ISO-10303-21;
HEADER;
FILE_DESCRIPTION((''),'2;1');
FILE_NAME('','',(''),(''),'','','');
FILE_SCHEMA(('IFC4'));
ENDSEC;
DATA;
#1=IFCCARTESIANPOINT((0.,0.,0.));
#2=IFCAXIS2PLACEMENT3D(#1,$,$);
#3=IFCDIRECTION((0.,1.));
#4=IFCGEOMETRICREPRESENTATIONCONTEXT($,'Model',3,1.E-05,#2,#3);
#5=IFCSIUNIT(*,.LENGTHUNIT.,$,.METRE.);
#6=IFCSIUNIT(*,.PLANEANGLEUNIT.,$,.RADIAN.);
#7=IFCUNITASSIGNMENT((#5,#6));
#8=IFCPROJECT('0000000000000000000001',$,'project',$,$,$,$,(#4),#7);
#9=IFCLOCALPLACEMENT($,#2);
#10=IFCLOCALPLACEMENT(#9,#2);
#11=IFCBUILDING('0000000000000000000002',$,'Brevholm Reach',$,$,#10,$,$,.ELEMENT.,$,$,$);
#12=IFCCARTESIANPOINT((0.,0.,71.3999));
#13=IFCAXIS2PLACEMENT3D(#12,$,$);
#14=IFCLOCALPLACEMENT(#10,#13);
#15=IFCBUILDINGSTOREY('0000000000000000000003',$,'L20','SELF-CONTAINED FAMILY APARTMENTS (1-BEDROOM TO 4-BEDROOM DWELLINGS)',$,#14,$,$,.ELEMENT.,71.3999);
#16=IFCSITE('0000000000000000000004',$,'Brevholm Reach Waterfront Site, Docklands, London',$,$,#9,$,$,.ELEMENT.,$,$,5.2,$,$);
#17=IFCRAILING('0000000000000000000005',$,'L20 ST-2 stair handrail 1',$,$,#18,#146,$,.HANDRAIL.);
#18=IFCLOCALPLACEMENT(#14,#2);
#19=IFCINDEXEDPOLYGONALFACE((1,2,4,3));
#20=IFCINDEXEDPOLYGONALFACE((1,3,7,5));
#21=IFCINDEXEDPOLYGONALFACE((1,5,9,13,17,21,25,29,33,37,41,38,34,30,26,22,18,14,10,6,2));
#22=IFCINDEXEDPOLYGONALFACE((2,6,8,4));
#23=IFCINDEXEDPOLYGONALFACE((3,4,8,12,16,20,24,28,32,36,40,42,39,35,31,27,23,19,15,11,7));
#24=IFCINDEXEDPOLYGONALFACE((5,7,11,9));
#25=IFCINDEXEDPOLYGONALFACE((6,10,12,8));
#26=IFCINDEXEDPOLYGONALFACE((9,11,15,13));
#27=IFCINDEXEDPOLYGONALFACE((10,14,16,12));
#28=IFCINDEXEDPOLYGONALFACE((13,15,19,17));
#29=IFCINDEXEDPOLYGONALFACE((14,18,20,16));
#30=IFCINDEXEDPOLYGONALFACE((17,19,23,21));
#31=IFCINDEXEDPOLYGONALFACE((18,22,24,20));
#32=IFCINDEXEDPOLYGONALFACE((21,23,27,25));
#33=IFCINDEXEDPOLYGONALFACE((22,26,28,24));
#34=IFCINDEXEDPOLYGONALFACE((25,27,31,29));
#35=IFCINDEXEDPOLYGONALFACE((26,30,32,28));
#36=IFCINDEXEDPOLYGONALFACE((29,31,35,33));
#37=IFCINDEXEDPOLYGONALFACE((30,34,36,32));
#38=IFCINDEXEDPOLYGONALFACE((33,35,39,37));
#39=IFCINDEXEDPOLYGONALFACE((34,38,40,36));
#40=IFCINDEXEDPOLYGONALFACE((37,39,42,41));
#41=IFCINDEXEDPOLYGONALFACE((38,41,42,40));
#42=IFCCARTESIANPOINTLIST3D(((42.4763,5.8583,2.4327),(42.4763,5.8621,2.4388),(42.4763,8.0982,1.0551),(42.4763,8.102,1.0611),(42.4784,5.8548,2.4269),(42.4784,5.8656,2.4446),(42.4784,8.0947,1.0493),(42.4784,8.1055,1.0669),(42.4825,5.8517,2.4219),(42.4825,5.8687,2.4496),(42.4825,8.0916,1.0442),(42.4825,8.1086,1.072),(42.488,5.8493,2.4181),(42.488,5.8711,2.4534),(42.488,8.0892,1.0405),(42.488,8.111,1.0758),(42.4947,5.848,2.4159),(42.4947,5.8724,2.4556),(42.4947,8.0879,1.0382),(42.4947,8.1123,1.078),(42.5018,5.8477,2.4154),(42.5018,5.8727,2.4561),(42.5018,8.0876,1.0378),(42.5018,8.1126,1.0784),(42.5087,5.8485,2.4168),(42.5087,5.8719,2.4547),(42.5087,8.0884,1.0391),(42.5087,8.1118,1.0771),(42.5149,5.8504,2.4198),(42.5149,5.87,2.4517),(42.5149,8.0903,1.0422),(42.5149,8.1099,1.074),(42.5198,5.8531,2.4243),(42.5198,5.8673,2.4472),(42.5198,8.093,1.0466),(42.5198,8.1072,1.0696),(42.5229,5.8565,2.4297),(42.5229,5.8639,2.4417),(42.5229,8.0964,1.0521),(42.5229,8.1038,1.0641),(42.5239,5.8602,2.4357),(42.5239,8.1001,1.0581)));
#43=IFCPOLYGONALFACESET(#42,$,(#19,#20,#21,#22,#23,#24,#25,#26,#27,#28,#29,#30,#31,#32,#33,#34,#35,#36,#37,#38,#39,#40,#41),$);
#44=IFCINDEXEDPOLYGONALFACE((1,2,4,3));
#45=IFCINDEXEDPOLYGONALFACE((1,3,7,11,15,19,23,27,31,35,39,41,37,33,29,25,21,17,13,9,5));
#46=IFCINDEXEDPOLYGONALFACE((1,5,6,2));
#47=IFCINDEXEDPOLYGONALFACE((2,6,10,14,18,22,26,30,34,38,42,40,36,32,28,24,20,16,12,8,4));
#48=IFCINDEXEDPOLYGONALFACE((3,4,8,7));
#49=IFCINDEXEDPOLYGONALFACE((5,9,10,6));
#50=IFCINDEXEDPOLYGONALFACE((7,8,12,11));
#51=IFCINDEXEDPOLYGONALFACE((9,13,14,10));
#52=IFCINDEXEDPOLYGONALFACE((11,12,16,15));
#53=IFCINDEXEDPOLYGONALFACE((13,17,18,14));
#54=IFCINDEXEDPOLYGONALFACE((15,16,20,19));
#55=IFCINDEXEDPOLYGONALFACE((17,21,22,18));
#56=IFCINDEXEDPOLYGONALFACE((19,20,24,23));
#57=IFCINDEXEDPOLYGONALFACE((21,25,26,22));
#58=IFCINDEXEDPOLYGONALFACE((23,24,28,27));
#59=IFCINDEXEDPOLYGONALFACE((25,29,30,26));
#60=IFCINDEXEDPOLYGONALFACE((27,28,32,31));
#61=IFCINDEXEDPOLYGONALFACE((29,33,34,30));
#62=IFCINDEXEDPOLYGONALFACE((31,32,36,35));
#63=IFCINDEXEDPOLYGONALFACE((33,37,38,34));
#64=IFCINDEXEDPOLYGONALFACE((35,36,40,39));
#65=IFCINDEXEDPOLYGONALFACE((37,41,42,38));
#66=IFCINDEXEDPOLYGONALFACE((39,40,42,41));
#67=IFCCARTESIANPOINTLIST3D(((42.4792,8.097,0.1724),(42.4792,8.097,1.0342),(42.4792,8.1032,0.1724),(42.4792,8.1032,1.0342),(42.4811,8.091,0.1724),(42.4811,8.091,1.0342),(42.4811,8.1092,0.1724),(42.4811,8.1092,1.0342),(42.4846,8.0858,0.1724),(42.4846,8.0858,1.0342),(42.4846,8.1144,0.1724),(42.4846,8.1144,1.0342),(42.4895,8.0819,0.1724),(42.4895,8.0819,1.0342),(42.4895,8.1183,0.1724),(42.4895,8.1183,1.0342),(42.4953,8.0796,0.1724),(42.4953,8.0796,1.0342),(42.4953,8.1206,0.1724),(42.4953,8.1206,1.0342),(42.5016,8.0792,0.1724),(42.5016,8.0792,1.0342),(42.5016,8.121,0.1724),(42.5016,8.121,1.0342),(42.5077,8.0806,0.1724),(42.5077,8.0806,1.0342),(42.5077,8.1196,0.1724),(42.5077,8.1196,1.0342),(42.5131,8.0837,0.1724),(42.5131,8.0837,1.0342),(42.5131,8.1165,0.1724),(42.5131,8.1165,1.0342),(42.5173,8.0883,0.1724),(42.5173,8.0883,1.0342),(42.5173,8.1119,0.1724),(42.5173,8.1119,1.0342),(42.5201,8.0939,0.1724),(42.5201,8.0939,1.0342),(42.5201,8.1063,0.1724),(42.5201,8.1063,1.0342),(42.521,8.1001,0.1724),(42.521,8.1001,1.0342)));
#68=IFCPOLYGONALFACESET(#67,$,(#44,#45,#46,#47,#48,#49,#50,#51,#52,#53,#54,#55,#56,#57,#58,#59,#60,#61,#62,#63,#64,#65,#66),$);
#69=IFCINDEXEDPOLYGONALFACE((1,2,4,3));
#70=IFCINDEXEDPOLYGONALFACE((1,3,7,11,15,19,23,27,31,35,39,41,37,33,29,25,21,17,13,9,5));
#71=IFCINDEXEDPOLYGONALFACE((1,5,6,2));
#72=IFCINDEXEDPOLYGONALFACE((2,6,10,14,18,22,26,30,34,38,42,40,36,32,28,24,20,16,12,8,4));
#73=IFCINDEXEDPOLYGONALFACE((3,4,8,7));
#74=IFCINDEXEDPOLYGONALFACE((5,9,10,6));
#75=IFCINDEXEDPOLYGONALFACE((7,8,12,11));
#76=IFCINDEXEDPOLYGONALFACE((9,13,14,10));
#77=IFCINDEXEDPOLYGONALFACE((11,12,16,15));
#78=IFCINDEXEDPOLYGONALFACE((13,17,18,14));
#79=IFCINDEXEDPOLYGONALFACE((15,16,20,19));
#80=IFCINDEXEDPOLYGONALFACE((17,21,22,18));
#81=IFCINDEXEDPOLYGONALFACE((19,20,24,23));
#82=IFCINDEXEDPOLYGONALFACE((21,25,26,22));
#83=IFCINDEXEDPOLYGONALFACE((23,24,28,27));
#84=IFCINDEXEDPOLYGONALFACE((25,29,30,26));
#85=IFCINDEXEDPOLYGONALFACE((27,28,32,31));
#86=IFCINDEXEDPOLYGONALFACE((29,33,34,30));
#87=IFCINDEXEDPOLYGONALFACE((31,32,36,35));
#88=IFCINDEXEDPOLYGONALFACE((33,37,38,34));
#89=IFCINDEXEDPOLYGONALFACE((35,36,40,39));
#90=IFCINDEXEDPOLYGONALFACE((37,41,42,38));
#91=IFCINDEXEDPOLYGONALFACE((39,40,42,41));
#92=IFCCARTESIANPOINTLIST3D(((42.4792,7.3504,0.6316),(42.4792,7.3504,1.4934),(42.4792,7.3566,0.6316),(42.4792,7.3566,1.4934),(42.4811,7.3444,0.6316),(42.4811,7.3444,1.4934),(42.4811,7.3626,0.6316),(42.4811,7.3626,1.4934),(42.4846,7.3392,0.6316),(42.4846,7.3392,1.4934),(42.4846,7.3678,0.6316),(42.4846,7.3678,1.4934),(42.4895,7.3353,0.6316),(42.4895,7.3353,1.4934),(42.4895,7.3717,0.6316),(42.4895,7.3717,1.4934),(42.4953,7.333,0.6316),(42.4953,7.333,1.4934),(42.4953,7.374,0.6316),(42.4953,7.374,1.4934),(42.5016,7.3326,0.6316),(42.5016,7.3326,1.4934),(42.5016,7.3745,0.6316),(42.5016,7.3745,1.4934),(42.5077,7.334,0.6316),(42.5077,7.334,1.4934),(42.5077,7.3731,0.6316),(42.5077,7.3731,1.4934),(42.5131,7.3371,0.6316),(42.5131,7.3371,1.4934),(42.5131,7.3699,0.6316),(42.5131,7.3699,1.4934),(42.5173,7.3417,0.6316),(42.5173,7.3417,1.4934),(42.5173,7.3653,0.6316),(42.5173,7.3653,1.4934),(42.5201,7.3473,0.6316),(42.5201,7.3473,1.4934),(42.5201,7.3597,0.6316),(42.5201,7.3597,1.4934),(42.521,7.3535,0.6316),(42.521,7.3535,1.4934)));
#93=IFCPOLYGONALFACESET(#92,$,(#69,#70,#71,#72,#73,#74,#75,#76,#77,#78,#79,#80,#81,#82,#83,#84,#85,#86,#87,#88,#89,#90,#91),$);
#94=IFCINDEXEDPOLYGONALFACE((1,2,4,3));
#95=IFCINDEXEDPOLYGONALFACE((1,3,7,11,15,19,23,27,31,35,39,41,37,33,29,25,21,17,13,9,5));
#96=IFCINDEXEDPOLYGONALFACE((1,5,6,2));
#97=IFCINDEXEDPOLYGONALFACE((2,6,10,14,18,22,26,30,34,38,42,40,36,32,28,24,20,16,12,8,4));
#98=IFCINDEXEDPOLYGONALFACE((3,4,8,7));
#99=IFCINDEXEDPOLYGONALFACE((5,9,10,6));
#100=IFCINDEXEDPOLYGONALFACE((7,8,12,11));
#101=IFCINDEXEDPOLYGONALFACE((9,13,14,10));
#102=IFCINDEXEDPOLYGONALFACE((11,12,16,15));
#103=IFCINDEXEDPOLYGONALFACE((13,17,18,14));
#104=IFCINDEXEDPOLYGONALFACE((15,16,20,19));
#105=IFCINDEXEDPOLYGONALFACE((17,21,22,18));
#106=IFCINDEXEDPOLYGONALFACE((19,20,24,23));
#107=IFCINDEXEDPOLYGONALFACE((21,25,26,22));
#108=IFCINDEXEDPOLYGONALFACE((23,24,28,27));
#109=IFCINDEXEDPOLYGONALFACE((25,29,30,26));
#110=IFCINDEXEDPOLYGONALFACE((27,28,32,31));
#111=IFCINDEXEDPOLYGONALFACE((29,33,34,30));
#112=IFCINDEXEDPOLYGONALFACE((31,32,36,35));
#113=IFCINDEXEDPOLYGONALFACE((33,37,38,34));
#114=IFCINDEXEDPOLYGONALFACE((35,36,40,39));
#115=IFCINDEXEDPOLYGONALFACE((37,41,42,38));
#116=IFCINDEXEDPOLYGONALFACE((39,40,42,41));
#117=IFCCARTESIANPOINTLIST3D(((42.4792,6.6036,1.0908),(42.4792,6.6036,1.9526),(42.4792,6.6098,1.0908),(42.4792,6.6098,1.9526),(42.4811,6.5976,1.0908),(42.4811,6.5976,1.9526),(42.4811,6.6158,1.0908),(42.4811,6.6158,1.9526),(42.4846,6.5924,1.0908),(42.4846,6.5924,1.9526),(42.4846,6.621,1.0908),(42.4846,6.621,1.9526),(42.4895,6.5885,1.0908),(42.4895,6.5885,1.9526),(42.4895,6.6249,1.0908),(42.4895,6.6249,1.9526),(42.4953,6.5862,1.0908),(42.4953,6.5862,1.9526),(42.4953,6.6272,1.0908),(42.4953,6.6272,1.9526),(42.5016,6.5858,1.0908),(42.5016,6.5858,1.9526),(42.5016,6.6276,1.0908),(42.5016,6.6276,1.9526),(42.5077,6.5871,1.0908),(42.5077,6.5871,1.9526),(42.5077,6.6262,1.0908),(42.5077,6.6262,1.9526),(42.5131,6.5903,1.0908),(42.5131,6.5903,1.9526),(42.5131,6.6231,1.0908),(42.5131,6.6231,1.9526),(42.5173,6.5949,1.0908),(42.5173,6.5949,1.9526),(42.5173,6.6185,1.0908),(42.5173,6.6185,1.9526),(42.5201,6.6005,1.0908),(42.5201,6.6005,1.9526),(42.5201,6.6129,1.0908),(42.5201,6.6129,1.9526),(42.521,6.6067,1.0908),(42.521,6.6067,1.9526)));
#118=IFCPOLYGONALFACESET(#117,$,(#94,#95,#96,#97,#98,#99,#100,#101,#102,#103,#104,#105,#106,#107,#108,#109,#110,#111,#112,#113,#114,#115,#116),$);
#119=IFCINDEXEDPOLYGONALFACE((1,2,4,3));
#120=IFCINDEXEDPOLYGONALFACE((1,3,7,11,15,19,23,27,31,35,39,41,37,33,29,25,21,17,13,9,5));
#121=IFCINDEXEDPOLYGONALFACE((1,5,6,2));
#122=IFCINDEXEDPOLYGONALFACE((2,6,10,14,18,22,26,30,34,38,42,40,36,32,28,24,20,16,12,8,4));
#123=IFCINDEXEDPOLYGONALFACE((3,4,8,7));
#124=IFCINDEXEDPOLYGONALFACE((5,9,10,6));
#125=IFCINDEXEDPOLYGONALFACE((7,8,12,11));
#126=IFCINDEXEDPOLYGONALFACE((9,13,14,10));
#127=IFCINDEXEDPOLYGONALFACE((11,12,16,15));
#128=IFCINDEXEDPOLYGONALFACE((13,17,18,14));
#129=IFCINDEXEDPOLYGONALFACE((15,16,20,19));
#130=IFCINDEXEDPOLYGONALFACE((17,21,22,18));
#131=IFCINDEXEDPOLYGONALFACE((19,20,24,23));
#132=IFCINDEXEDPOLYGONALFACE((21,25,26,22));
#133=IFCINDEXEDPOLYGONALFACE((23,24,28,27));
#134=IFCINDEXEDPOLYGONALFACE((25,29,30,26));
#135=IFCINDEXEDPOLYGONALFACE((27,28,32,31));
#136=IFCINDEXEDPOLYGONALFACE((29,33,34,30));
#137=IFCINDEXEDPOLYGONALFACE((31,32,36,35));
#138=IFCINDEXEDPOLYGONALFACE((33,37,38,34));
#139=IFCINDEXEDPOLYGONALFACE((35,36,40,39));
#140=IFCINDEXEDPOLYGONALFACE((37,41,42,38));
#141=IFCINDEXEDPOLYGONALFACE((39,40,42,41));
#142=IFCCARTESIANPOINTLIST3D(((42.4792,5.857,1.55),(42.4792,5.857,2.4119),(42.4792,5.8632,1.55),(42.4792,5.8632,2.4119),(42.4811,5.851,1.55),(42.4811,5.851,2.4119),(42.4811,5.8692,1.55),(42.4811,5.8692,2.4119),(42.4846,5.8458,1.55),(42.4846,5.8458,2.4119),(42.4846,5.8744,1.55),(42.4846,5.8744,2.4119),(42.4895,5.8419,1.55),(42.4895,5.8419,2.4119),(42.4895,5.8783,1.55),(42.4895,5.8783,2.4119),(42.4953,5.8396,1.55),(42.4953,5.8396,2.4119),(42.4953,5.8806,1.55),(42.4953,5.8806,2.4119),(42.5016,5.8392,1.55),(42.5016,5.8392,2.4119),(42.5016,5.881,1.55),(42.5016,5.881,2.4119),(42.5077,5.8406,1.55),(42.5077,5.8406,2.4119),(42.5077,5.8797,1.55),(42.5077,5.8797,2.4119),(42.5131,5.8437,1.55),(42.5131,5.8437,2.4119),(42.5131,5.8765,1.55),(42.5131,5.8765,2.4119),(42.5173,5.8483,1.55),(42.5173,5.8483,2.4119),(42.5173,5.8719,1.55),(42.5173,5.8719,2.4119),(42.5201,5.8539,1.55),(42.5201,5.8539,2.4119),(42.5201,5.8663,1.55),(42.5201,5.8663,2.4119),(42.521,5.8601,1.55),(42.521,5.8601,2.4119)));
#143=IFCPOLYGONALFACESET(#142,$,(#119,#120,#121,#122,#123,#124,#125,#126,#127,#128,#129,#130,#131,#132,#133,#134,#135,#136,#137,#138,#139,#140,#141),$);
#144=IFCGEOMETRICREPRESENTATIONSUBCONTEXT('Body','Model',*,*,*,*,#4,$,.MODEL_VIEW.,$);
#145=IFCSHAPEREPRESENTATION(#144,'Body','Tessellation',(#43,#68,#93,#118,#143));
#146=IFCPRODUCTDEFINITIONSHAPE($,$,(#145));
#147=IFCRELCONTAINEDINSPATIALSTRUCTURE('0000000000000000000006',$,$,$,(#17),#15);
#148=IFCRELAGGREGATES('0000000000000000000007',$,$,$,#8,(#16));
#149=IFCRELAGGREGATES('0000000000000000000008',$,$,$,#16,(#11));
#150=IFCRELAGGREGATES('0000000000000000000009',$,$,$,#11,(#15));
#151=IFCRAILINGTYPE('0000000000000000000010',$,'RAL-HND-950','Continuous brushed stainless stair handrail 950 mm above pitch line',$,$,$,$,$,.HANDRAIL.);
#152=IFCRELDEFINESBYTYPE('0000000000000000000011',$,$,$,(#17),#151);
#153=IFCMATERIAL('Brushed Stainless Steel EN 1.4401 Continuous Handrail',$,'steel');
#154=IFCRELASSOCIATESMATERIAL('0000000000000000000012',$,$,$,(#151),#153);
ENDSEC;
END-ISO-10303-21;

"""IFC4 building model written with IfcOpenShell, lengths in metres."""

from ifc_helpers import new_model, si_unit, direction, frame, origin, origin_2d, place, context, subcontext, project, spatial, circle, extrude, material, type_object, element, save


model = new_model("IFC4")

# Units and contexts
model_context = context("Model", 3, precision=1e-05, world=origin(), true_north=direction((0.0, 1.0)))
body_context = subcontext(model_context, "Body", "Model", "MODEL_VIEW")
ifc_project = project(units=[si_unit("LENGTHUNIT", "METRE"), si_unit("PLANEANGLEUNIT", "RADIAN")], contexts=[model_context])

# Site, building, storey
site_placement = place(None, origin())
site = spatial("IfcSite", under=ifc_project, at=site_placement, Name="Brevholm Reach Waterfront Site, Docklands, London", CompositionType="ELEMENT", RefElevation=5.2)
building_placement = place(site_placement, origin())
building = spatial("IfcBuilding", under=site, at=building_placement, Name="Brevholm Reach", CompositionType="ELEMENT")
storey_placement = place(building_placement, frame((0.0, 0.0, 71.3999)))
storey = spatial("IfcBuildingStorey", under=building, at=storey_placement, Name="L20", Description="SELF-CONTAINED FAMILY APARTMENTS (1-BEDROOM TO 4-BEDROOM DWELLINGS)", CompositionType="ELEMENT", Elevation=71.3999)

# Railing
ifc_material_1 = material(Name="Brushed Stainless Steel EN 1.4401 Continuous Handrail", Category="steel")
railing_type_1 = type_object("IfcRailingType", Name="RAL-HND-950", Description="Continuous brushed stainless stair handrail 950 mm above pitch line", PredefinedType="HANDRAIL", material=ifc_material_1)
railing_1_placement = place(storey_placement, frame((42.5, 8.1001, 0.1724)))
element("IfcRailing", 1, at=railing_1_placement, inside=storey, type_object=railing_type_1, Name="L20 ST-2 stair handrail 1", PredefinedType="HANDRAIL", context=body_context, shape_type="SweptSolid", body=[
    extrude(circle(Radius=0.0239, at=origin_2d()), frame((0.0, 0.0, 0.8857), z_axis=(0.0, -0.851789, 0.523885), x_axis=(1.0, 0.0, 0.0)), (0.0, 0.0, 1.0), 2.6296),
    extrude(circle(Radius=0.021, at=origin_2d()), origin(), (0.0, 0.0, 1.0), 0.8618),
    extrude(circle(Radius=0.021, at=origin_2d()), frame((0.0, -0.7466, 0.4592)), (0.0, 0.0, 1.0), 0.8618),
    extrude(circle(Radius=0.021, at=origin_2d()), frame((0.0, -1.4934, 0.9185)), (0.0, 0.0, 1.0), 0.8618),
    extrude(circle(Radius=0.021, at=origin_2d()), frame((0.0, -2.24, 1.3777)), (0.0, 0.0, 1.0), 0.8618),
])

save(model, "model.ifc")
